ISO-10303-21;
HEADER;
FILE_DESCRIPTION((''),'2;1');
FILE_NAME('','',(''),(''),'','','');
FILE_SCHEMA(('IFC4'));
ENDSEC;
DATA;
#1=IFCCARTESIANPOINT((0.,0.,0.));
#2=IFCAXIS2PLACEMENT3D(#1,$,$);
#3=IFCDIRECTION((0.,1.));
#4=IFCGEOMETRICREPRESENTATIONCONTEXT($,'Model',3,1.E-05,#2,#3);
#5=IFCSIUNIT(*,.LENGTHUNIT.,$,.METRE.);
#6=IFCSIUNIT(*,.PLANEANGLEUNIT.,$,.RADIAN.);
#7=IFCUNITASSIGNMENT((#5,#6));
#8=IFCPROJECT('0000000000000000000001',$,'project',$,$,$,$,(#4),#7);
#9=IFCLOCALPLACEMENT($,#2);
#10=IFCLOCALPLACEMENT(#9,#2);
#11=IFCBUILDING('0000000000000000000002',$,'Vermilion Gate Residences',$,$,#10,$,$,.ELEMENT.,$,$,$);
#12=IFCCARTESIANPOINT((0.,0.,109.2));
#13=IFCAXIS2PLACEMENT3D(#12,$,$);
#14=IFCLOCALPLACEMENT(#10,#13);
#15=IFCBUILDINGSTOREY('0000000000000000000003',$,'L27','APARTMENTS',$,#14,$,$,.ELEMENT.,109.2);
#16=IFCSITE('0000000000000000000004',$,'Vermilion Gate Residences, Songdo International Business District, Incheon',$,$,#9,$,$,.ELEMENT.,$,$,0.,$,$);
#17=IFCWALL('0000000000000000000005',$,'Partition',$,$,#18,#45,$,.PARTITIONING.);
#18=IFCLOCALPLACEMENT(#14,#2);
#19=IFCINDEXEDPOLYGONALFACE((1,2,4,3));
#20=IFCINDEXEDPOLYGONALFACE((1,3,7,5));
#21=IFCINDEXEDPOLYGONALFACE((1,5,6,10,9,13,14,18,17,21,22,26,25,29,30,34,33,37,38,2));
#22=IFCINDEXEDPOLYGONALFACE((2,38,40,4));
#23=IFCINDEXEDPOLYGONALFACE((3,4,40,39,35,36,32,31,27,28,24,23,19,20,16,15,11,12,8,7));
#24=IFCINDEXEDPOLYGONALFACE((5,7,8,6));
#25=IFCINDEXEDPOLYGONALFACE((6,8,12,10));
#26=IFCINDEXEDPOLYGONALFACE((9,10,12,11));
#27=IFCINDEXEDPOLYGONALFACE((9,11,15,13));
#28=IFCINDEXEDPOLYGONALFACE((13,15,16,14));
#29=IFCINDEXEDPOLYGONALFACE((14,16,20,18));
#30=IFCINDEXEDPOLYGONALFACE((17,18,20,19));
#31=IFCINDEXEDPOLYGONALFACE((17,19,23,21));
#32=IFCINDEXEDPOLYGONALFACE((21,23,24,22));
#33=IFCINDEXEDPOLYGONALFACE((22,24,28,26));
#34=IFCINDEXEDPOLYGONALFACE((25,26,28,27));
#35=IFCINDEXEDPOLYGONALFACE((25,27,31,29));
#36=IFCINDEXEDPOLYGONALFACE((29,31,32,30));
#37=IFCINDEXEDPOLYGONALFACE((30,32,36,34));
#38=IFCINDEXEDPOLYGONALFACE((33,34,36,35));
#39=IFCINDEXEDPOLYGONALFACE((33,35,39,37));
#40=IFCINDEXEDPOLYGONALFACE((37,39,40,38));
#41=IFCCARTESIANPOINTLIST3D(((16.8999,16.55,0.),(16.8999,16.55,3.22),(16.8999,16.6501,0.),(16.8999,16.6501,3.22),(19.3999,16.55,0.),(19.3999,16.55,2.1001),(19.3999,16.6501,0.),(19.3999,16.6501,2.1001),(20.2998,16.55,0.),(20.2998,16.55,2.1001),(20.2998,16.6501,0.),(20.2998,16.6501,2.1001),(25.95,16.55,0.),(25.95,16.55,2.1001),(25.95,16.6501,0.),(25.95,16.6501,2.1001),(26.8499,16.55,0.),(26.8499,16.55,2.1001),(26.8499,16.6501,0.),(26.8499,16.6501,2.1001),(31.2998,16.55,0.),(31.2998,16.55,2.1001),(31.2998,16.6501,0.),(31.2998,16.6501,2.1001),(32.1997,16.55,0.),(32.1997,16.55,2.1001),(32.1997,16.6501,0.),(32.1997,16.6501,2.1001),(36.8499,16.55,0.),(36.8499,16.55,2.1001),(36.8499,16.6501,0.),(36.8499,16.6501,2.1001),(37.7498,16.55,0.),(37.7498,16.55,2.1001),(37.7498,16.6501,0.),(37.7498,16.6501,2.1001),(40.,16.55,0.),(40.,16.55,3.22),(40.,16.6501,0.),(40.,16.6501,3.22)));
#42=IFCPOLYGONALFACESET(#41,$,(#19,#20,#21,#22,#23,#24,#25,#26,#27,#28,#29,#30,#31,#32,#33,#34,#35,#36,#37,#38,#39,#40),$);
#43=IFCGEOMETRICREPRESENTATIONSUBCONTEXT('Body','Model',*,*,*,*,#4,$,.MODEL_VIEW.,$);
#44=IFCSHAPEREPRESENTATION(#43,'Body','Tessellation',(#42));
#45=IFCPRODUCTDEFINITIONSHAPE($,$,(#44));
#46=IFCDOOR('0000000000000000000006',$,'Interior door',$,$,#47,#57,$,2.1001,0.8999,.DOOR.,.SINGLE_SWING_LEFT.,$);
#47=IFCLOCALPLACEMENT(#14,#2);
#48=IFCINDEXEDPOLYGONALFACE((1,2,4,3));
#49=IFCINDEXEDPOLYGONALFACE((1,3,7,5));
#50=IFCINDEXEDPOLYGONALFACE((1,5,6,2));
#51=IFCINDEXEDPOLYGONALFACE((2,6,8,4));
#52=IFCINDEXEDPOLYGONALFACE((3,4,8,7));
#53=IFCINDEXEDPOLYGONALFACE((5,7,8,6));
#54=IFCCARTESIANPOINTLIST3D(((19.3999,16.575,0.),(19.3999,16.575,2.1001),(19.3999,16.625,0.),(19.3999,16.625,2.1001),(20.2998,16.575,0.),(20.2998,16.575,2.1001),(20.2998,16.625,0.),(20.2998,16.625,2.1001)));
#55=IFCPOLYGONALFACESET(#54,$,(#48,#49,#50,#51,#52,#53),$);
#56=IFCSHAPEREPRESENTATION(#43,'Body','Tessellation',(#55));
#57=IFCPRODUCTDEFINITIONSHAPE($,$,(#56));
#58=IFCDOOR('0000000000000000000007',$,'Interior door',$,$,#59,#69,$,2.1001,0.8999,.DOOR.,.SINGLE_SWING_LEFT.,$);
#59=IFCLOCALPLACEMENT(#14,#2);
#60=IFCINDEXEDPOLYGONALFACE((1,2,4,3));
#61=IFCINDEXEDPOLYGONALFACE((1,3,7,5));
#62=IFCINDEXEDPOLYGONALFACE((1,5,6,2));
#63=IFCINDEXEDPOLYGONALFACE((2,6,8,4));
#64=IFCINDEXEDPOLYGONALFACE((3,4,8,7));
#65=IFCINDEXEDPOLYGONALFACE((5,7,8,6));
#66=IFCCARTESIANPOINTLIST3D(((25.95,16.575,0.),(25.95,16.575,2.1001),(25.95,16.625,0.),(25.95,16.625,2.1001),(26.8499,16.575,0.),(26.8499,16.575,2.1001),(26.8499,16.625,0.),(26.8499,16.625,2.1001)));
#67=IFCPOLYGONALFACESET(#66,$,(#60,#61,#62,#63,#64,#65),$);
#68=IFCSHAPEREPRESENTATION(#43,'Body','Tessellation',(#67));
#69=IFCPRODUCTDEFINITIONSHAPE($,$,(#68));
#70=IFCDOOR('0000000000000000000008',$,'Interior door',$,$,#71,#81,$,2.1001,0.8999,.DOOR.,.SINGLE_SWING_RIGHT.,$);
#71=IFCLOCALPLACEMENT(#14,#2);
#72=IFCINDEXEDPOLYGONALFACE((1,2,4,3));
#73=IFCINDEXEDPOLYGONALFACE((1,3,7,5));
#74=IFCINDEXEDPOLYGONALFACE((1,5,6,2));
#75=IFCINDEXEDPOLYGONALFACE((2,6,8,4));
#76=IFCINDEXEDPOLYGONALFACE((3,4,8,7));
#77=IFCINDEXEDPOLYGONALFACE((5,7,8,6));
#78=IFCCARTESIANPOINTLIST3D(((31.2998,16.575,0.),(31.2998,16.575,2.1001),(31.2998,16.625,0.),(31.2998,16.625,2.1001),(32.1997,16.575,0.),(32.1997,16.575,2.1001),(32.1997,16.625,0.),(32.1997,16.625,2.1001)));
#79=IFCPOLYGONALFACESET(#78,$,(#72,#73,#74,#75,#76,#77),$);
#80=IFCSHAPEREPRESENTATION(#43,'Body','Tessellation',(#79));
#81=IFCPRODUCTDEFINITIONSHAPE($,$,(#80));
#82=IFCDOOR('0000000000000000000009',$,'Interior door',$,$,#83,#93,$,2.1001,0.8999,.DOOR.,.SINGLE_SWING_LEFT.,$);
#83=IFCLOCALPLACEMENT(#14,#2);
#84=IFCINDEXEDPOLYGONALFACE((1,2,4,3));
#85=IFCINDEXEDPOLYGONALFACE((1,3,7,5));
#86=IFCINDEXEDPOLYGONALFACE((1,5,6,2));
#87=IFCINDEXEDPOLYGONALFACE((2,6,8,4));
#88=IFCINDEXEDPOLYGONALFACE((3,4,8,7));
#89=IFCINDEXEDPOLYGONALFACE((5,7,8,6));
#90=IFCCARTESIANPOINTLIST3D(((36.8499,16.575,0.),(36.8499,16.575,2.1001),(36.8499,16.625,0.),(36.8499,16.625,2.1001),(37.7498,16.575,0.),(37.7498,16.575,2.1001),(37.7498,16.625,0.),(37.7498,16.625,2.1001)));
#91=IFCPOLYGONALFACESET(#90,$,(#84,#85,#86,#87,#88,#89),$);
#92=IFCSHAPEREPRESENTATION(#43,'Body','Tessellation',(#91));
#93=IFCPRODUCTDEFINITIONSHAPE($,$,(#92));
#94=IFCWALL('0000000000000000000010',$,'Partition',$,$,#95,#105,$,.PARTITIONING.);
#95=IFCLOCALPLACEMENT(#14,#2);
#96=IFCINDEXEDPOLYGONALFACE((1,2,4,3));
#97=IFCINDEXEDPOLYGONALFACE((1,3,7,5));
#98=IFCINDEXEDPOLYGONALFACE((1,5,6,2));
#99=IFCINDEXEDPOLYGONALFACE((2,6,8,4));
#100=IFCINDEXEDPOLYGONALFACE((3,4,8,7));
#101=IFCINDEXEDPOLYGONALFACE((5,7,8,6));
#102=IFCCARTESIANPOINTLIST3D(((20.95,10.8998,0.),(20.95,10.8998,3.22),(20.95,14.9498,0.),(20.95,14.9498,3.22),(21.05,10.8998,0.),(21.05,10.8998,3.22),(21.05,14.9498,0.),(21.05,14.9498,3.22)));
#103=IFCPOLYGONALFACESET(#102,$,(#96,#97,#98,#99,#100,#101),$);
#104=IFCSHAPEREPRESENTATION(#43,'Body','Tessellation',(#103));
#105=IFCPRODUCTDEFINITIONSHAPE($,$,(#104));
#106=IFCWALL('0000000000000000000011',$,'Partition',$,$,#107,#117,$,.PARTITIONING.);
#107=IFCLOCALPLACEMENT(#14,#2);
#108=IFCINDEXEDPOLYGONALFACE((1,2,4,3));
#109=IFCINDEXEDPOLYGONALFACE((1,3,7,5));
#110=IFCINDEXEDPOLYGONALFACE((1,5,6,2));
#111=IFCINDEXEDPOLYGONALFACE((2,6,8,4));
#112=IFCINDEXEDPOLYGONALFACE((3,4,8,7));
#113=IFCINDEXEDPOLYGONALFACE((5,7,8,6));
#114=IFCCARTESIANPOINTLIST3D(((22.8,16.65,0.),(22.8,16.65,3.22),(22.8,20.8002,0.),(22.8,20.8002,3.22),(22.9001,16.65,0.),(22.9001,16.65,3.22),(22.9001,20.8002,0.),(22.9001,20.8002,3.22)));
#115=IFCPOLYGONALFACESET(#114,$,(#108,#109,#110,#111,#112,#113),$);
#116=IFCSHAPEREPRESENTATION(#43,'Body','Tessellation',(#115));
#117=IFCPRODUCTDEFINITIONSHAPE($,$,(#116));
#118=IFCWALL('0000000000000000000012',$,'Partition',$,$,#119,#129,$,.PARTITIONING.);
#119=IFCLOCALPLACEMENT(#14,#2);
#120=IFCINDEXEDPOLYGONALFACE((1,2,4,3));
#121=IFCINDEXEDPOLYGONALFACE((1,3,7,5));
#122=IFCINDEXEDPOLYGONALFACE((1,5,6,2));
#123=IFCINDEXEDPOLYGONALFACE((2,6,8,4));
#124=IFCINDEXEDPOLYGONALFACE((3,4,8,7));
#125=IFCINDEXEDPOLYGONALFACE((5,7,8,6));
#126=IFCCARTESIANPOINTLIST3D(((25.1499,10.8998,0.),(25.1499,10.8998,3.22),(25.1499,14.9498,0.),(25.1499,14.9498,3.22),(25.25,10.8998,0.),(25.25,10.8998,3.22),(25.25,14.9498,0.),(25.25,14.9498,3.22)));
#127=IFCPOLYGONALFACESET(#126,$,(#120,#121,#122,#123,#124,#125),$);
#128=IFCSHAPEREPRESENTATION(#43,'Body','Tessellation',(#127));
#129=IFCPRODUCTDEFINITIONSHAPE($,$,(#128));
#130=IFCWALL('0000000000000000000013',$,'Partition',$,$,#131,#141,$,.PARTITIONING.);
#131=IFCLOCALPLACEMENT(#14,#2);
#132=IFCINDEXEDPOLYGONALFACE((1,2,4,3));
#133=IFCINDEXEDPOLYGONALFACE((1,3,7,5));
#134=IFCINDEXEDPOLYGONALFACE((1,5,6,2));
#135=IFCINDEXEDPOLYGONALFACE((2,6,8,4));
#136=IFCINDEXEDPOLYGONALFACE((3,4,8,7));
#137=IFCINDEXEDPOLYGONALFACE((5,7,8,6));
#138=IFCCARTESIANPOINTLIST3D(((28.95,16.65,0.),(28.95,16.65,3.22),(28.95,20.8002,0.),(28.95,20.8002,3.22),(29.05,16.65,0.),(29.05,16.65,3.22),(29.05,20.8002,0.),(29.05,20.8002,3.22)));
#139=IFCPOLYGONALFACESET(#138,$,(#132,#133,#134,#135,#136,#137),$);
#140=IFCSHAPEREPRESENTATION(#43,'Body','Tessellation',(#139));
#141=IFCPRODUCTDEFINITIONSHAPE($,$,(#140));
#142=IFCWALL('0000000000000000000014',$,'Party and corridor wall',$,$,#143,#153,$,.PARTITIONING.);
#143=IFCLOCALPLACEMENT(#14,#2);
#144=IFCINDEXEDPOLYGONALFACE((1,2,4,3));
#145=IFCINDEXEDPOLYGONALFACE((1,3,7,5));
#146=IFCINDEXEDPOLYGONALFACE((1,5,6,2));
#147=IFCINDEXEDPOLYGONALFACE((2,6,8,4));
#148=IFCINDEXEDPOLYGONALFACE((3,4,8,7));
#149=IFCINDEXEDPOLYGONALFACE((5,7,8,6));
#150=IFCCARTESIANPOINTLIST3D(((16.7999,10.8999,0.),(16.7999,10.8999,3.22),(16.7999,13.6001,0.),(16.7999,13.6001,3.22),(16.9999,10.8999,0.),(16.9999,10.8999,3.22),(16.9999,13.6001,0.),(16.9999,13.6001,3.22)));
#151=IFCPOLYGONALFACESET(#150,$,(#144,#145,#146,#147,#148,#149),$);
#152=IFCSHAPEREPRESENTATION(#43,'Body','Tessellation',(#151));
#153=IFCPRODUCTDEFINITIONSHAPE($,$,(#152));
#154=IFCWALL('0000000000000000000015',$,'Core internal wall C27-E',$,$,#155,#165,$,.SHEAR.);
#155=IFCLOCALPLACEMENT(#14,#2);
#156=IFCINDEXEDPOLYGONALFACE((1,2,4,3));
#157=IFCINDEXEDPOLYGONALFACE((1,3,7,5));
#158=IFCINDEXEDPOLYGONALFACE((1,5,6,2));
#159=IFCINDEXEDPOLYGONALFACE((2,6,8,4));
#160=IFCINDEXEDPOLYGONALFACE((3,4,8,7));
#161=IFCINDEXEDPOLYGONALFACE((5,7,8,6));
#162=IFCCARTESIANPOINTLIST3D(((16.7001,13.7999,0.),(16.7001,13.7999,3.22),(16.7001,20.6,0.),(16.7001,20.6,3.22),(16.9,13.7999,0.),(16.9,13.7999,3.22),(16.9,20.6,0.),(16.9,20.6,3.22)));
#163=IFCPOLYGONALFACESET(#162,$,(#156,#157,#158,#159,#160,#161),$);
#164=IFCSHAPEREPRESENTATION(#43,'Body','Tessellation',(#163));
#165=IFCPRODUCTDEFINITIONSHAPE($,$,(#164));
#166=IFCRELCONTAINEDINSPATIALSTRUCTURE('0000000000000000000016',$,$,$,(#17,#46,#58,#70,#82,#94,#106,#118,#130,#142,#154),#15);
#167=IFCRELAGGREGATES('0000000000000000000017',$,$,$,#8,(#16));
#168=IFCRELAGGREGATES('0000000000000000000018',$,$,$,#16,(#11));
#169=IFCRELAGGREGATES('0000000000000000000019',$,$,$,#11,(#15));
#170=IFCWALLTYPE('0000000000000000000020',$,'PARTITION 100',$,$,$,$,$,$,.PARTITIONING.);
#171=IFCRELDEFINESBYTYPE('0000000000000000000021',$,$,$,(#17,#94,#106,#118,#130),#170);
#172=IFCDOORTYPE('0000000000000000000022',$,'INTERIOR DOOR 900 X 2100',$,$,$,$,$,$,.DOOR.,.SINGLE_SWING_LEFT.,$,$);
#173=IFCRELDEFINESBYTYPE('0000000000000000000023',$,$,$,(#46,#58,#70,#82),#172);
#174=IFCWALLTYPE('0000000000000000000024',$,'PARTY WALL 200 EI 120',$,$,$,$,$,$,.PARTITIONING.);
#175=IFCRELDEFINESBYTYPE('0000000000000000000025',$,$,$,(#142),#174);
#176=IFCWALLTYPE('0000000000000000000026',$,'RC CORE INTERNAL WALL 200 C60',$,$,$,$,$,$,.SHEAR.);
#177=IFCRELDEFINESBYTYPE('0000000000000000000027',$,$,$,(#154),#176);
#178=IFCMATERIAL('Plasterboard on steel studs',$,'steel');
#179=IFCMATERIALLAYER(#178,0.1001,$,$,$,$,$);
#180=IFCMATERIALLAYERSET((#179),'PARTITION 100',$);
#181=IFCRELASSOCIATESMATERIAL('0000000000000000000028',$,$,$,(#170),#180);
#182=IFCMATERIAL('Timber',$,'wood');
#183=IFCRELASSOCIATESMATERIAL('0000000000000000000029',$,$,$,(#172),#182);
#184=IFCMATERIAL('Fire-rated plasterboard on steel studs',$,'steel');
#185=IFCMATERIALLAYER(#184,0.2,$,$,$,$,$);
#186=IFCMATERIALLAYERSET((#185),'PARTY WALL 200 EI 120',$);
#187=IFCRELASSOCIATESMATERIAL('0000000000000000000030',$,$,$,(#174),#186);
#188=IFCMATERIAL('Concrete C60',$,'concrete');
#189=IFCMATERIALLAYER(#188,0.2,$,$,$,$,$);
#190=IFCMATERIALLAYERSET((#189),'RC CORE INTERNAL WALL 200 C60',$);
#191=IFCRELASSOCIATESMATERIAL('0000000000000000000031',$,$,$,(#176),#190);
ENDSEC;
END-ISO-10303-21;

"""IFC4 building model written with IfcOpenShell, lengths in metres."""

from ifc_helpers import new_model, si_unit, direction, frame, frame_2d, origin, place, context, subcontext, project, spatial, rectangle, extrude, material, layer, layer_set, type_object, element, fill, save


model = new_model("IFC4")

# Units and contexts
model_context = context("Model", 3, precision=1e-05, world=origin(), true_north=direction((0.0, 1.0)))
body_context = subcontext(model_context, "Body", "Model", "MODEL_VIEW")
ifc_project = project(units=[si_unit("LENGTHUNIT", "METRE"), si_unit("PLANEANGLEUNIT", "RADIAN")], contexts=[model_context])

# Site, building, storey
site_placement = place(None, origin())
site = spatial("IfcSite", under=ifc_project, at=site_placement, Name="Vermilion Gate Residences, Songdo International Business District, Incheon", CompositionType="ELEMENT", RefElevation=0.0)
building_placement = place(site_placement, origin())
building = spatial("IfcBuilding", under=site, at=building_placement, Name="Vermilion Gate Residences", CompositionType="ELEMENT")
storey_placement = place(building_placement, frame((0.0, 0.0, 109.2)))
storey = spatial("IfcBuildingStorey", under=building, at=storey_placement, Name="L27", Description="APARTMENTS", CompositionType="ELEMENT", Elevation=109.2)

# Wall, openings, doors
ifc_material_1 = material(Name="Plasterboard on steel studs", Category="steel")
ifc_layer_1 = layer(ifc_material_1, 0.1001)
ifc_layer_set_1 = layer_set([ifc_layer_1], Name="PARTITION 100")
wall_type_1 = type_object("IfcWallType", Name="PARTITION 100", PredefinedType="PARTITIONING", material=ifc_layer_set_1)
ifc_material_2 = material(Name="Timber", Category="wood")
door_type = type_object("IfcDoorType", Name="INTERIOR DOOR 900 X 2100", OperationType="SINGLE_SWING_LEFT", PredefinedType="DOOR", material=ifc_material_2)
wall_1_placement = place(storey_placement, frame((16.8999, 16.6001, 0.0), z_axis=(0.0, 0.0, 1.0), x_axis=(1.0, 0.0, 0.0)))
wall_1 = element("IfcWall", 1, at=wall_1_placement, inside=storey, type_object=wall_type_1, Name="Partition", PredefinedType="PARTITIONING", context=body_context, shape_type="SweptSolid", body=[
    extrude(rectangle(XDim=23.1001, YDim=0.1001, at=frame_2d((11.55, 0.0))), origin(), (0.0, 0.0, 1.0), 3.22),
])
opening_1_placement = place(wall_1_placement, frame((2.5, 0.0, 0.0)))
opening_1 = element("IfcOpeningElement", 2, at=opening_1_placement, cuts=wall_1, PredefinedType="OPENING", context=body_context, shape_type="SweptSolid", body=[
    extrude(rectangle(XDim=0.8999, YDim=2.1001, at=frame_2d((0.45, 1.05))), frame((0.0, 0.0601, 0.0), z_axis=(0.0, -1.0, 0.0), x_axis=(1.0, 0.0, 0.0)), (0.0, 0.0, 1.0), 0.1201),
])
opening_2_placement = place(wall_1_placement, frame((9.05, 0.0, 0.0)))
opening_2 = element("IfcOpeningElement", 3, at=opening_2_placement, cuts=wall_1, PredefinedType="OPENING", context=body_context, shape_type="SweptSolid", body=[
    extrude(rectangle(XDim=0.8999, YDim=2.1001, at=frame_2d((0.45, 1.05))), frame((0.0, 0.0601, 0.0), z_axis=(0.0, -1.0, 0.0), x_axis=(1.0, 0.0, 0.0)), (0.0, 0.0, 1.0), 0.1201),
])
opening_3_placement = place(wall_1_placement, frame((14.3999, 0.0, 0.0)))
opening_3 = element("IfcOpeningElement", 4, at=opening_3_placement, cuts=wall_1, PredefinedType="OPENING", context=body_context, shape_type="SweptSolid", body=[
    extrude(rectangle(XDim=0.8999, YDim=2.1001, at=frame_2d((0.45, 1.05))), frame((0.0, 0.0601, 0.0), z_axis=(0.0, -1.0, 0.0), x_axis=(1.0, 0.0, 0.0)), (0.0, 0.0, 1.0), 0.1201),
])
opening_4_placement = place(wall_1_placement, frame((19.95, 0.0, 0.0)))
opening_4 = element("IfcOpeningElement", 5, at=opening_4_placement, cuts=wall_1, PredefinedType="OPENING", context=body_context, shape_type="SweptSolid", body=[
    extrude(rectangle(XDim=0.8999, YDim=2.1001, at=frame_2d((0.45, 1.05))), frame((0.0, 0.0601, 0.0), z_axis=(0.0, -1.0, 0.0), x_axis=(1.0, 0.0, 0.0)), (0.0, 0.0, 1.0), 0.1201),
])
door_1_placement = place(opening_1_placement, origin())
door_1 = element("IfcDoor", 6, at=door_1_placement, inside=storey, type_object=door_type, Name="Interior door", OperationType="SINGLE_SWING_LEFT", OverallHeight=2.1001, OverallWidth=0.8999, PredefinedType="DOOR", context=body_context, shape_type="SweptSolid", body=[
    extrude(rectangle(XDim=0.8999, YDim=2.1001, at=frame_2d((0.45, 1.05))), frame((0.0, 0.0249, 0.0), z_axis=(0.0, -1.0, 0.0), x_axis=(1.0, 0.0, 0.0)), (0.0, 0.0, 1.0), 0.05),
])
fill(opening_1, door_1)
door_2_placement = place(opening_2_placement, origin())
door_2 = element("IfcDoor", 7, at=door_2_placement, inside=storey, type_object=door_type, Name="Interior door", OperationType="SINGLE_SWING_LEFT", OverallHeight=2.1001, OverallWidth=0.8999, PredefinedType="DOOR", context=body_context, shape_type="SweptSolid", body=[
    extrude(rectangle(XDim=0.8999, YDim=2.1001, at=frame_2d((0.45, 1.05))), frame((0.0, 0.0249, 0.0), z_axis=(0.0, -1.0, 0.0), x_axis=(1.0, 0.0, 0.0)), (0.0, 0.0, 1.0), 0.05),
])
fill(opening_2, door_2)
door_3_placement = place(opening_3_placement, origin())
door_3 = element("IfcDoor", 8, at=door_3_placement, inside=storey, type_object=door_type, Name="Interior door", OperationType="SINGLE_SWING_RIGHT", OverallHeight=2.1001, OverallWidth=0.8999, PredefinedType="DOOR", context=body_context, shape_type="SweptSolid", body=[
    extrude(rectangle(XDim=0.8999, YDim=2.1001, at=frame_2d((0.45, 1.05))), frame((0.0, 0.0249, 0.0), z_axis=(0.0, -1.0, 0.0), x_axis=(1.0, 0.0, 0.0)), (0.0, 0.0, 1.0), 0.05),
])
fill(opening_3, door_3)
door_4_placement = place(opening_4_placement, origin())
door_4 = element("IfcDoor", 9, at=door_4_placement, inside=storey, type_object=door_type, Name="Interior door", OperationType="SINGLE_SWING_LEFT", OverallHeight=2.1001, OverallWidth=0.8999, PredefinedType="DOOR", context=body_context, shape_type="SweptSolid", body=[
    extrude(rectangle(XDim=0.8999, YDim=2.1001, at=frame_2d((0.45, 1.05))), frame((0.0, 0.0249, 0.0), z_axis=(0.0, -1.0, 0.0), x_axis=(1.0, 0.0, 0.0)), (0.0, 0.0, 1.0), 0.05),
])
fill(opening_4, door_4)

# Walls
wall_2_placement = place(storey_placement, frame((21.0, 10.8999, 0.0), z_axis=(0.0, 0.0, 1.0), x_axis=(0.0, 1.0, 0.0)))
element("IfcWall", 10, at=wall_2_placement, inside=storey, type_object=wall_type_1, Name="Partition", PredefinedType="PARTITIONING", context=body_context, shape_type="SweptSolid", body=[
    extrude(rectangle(XDim=4.05, YDim=0.1001, at=frame_2d((2.0249, 0.0))), origin(), (0.0, 0.0, 1.0), 3.22),
])
wall_3_placement = place(storey_placement, frame((22.8501, 16.6499, 0.0), z_axis=(0.0, 0.0, 1.0), x_axis=(0.0, 1.0, 0.0)))
element("IfcWall", 11, at=wall_3_placement, inside=storey, type_object=wall_type_1, Name="Partition", PredefinedType="PARTITIONING", context=body_context, shape_type="SweptSolid", body=[
    extrude(rectangle(XDim=4.1501, YDim=0.1001, at=frame_2d((2.0752, 0.0))), origin(), (0.0, 0.0, 1.0), 3.22),
])
wall_4_placement = place(storey_placement, frame((25.2, 10.8999, 0.0), z_axis=(0.0, 0.0, 1.0), x_axis=(0.0, 1.0, 0.0)))
element("IfcWall", 12, at=wall_4_placement, inside=storey, type_object=wall_type_1, Name="Partition", PredefinedType="PARTITIONING", context=body_context, shape_type="SweptSolid", body=[
    extrude(rectangle(XDim=4.05, YDim=0.1001, at=frame_2d((2.0249, 0.0))), origin(), (0.0, 0.0, 1.0), 3.22),
])
wall_5_placement = place(storey_placement, frame((29.0, 16.6499, 0.0), z_axis=(0.0, 0.0, 1.0), x_axis=(0.0, 1.0, 0.0)))
element("IfcWall", 13, at=wall_5_placement, inside=storey, type_object=wall_type_1, Name="Partition", PredefinedType="PARTITIONING", context=body_context, shape_type="SweptSolid", body=[
    extrude(rectangle(XDim=4.1501, YDim=0.1001, at=frame_2d((2.0752, 0.0))), origin(), (0.0, 0.0, 1.0), 3.22),
])
ifc_material_3 = material(Name="Fire-rated plasterboard on steel studs", Category="steel")
ifc_layer_2 = layer(ifc_material_3, 0.2)
ifc_layer_set_2 = layer_set([ifc_layer_2], Name="PARTY WALL 200 EI 120")
wall_type_2 = type_object("IfcWallType", Name="PARTY WALL 200 EI 120", PredefinedType="PARTITIONING", material=ifc_layer_set_2)
wall_6_placement = place(storey_placement, frame((16.8999, 10.8999, 0.0), z_axis=(0.0, 0.0, 1.0), x_axis=(0.0, 1.0, 0.0)))
element("IfcWall", 14, at=wall_6_placement, inside=storey, type_object=wall_type_2, Name="Party and corridor wall", PredefinedType="PARTITIONING", context=body_context, shape_type="SweptSolid", body=[
    extrude(rectangle(XDim=2.7002, YDim=0.2, at=frame_2d((1.3501, 0.0))), origin(), (0.0, 0.0, 1.0), 3.22),
])
ifc_material_4 = material(Name="Concrete C60", Category="concrete")
ifc_layer_3 = layer(ifc_material_4, 0.2)
ifc_layer_set_3 = layer_set([ifc_layer_3], Name="RC CORE INTERNAL WALL 200 C60")
wall_type_3 = type_object("IfcWallType", Name="RC CORE INTERNAL WALL 200 C60", PredefinedType="SHEAR", material=ifc_layer_set_3)
wall_7_placement = place(storey_placement, frame((16.8, 13.8, 0.0), z_axis=(0.0, 0.0, 1.0), x_axis=(0.0, 1.0, 0.0)))
element("IfcWall", 15, at=wall_7_placement, inside=storey, type_object=wall_type_3, Name="Core internal wall C27-E", PredefinedType="SHEAR", context=body_context, shape_type="SweptSolid", body=[
    extrude(rectangle(XDim=6.8, YDim=0.2, at=frame_2d((3.3999, 0.0))), origin(), (0.0, 0.0, 1.0), 3.22),
])

save(model, "model.ifc")
